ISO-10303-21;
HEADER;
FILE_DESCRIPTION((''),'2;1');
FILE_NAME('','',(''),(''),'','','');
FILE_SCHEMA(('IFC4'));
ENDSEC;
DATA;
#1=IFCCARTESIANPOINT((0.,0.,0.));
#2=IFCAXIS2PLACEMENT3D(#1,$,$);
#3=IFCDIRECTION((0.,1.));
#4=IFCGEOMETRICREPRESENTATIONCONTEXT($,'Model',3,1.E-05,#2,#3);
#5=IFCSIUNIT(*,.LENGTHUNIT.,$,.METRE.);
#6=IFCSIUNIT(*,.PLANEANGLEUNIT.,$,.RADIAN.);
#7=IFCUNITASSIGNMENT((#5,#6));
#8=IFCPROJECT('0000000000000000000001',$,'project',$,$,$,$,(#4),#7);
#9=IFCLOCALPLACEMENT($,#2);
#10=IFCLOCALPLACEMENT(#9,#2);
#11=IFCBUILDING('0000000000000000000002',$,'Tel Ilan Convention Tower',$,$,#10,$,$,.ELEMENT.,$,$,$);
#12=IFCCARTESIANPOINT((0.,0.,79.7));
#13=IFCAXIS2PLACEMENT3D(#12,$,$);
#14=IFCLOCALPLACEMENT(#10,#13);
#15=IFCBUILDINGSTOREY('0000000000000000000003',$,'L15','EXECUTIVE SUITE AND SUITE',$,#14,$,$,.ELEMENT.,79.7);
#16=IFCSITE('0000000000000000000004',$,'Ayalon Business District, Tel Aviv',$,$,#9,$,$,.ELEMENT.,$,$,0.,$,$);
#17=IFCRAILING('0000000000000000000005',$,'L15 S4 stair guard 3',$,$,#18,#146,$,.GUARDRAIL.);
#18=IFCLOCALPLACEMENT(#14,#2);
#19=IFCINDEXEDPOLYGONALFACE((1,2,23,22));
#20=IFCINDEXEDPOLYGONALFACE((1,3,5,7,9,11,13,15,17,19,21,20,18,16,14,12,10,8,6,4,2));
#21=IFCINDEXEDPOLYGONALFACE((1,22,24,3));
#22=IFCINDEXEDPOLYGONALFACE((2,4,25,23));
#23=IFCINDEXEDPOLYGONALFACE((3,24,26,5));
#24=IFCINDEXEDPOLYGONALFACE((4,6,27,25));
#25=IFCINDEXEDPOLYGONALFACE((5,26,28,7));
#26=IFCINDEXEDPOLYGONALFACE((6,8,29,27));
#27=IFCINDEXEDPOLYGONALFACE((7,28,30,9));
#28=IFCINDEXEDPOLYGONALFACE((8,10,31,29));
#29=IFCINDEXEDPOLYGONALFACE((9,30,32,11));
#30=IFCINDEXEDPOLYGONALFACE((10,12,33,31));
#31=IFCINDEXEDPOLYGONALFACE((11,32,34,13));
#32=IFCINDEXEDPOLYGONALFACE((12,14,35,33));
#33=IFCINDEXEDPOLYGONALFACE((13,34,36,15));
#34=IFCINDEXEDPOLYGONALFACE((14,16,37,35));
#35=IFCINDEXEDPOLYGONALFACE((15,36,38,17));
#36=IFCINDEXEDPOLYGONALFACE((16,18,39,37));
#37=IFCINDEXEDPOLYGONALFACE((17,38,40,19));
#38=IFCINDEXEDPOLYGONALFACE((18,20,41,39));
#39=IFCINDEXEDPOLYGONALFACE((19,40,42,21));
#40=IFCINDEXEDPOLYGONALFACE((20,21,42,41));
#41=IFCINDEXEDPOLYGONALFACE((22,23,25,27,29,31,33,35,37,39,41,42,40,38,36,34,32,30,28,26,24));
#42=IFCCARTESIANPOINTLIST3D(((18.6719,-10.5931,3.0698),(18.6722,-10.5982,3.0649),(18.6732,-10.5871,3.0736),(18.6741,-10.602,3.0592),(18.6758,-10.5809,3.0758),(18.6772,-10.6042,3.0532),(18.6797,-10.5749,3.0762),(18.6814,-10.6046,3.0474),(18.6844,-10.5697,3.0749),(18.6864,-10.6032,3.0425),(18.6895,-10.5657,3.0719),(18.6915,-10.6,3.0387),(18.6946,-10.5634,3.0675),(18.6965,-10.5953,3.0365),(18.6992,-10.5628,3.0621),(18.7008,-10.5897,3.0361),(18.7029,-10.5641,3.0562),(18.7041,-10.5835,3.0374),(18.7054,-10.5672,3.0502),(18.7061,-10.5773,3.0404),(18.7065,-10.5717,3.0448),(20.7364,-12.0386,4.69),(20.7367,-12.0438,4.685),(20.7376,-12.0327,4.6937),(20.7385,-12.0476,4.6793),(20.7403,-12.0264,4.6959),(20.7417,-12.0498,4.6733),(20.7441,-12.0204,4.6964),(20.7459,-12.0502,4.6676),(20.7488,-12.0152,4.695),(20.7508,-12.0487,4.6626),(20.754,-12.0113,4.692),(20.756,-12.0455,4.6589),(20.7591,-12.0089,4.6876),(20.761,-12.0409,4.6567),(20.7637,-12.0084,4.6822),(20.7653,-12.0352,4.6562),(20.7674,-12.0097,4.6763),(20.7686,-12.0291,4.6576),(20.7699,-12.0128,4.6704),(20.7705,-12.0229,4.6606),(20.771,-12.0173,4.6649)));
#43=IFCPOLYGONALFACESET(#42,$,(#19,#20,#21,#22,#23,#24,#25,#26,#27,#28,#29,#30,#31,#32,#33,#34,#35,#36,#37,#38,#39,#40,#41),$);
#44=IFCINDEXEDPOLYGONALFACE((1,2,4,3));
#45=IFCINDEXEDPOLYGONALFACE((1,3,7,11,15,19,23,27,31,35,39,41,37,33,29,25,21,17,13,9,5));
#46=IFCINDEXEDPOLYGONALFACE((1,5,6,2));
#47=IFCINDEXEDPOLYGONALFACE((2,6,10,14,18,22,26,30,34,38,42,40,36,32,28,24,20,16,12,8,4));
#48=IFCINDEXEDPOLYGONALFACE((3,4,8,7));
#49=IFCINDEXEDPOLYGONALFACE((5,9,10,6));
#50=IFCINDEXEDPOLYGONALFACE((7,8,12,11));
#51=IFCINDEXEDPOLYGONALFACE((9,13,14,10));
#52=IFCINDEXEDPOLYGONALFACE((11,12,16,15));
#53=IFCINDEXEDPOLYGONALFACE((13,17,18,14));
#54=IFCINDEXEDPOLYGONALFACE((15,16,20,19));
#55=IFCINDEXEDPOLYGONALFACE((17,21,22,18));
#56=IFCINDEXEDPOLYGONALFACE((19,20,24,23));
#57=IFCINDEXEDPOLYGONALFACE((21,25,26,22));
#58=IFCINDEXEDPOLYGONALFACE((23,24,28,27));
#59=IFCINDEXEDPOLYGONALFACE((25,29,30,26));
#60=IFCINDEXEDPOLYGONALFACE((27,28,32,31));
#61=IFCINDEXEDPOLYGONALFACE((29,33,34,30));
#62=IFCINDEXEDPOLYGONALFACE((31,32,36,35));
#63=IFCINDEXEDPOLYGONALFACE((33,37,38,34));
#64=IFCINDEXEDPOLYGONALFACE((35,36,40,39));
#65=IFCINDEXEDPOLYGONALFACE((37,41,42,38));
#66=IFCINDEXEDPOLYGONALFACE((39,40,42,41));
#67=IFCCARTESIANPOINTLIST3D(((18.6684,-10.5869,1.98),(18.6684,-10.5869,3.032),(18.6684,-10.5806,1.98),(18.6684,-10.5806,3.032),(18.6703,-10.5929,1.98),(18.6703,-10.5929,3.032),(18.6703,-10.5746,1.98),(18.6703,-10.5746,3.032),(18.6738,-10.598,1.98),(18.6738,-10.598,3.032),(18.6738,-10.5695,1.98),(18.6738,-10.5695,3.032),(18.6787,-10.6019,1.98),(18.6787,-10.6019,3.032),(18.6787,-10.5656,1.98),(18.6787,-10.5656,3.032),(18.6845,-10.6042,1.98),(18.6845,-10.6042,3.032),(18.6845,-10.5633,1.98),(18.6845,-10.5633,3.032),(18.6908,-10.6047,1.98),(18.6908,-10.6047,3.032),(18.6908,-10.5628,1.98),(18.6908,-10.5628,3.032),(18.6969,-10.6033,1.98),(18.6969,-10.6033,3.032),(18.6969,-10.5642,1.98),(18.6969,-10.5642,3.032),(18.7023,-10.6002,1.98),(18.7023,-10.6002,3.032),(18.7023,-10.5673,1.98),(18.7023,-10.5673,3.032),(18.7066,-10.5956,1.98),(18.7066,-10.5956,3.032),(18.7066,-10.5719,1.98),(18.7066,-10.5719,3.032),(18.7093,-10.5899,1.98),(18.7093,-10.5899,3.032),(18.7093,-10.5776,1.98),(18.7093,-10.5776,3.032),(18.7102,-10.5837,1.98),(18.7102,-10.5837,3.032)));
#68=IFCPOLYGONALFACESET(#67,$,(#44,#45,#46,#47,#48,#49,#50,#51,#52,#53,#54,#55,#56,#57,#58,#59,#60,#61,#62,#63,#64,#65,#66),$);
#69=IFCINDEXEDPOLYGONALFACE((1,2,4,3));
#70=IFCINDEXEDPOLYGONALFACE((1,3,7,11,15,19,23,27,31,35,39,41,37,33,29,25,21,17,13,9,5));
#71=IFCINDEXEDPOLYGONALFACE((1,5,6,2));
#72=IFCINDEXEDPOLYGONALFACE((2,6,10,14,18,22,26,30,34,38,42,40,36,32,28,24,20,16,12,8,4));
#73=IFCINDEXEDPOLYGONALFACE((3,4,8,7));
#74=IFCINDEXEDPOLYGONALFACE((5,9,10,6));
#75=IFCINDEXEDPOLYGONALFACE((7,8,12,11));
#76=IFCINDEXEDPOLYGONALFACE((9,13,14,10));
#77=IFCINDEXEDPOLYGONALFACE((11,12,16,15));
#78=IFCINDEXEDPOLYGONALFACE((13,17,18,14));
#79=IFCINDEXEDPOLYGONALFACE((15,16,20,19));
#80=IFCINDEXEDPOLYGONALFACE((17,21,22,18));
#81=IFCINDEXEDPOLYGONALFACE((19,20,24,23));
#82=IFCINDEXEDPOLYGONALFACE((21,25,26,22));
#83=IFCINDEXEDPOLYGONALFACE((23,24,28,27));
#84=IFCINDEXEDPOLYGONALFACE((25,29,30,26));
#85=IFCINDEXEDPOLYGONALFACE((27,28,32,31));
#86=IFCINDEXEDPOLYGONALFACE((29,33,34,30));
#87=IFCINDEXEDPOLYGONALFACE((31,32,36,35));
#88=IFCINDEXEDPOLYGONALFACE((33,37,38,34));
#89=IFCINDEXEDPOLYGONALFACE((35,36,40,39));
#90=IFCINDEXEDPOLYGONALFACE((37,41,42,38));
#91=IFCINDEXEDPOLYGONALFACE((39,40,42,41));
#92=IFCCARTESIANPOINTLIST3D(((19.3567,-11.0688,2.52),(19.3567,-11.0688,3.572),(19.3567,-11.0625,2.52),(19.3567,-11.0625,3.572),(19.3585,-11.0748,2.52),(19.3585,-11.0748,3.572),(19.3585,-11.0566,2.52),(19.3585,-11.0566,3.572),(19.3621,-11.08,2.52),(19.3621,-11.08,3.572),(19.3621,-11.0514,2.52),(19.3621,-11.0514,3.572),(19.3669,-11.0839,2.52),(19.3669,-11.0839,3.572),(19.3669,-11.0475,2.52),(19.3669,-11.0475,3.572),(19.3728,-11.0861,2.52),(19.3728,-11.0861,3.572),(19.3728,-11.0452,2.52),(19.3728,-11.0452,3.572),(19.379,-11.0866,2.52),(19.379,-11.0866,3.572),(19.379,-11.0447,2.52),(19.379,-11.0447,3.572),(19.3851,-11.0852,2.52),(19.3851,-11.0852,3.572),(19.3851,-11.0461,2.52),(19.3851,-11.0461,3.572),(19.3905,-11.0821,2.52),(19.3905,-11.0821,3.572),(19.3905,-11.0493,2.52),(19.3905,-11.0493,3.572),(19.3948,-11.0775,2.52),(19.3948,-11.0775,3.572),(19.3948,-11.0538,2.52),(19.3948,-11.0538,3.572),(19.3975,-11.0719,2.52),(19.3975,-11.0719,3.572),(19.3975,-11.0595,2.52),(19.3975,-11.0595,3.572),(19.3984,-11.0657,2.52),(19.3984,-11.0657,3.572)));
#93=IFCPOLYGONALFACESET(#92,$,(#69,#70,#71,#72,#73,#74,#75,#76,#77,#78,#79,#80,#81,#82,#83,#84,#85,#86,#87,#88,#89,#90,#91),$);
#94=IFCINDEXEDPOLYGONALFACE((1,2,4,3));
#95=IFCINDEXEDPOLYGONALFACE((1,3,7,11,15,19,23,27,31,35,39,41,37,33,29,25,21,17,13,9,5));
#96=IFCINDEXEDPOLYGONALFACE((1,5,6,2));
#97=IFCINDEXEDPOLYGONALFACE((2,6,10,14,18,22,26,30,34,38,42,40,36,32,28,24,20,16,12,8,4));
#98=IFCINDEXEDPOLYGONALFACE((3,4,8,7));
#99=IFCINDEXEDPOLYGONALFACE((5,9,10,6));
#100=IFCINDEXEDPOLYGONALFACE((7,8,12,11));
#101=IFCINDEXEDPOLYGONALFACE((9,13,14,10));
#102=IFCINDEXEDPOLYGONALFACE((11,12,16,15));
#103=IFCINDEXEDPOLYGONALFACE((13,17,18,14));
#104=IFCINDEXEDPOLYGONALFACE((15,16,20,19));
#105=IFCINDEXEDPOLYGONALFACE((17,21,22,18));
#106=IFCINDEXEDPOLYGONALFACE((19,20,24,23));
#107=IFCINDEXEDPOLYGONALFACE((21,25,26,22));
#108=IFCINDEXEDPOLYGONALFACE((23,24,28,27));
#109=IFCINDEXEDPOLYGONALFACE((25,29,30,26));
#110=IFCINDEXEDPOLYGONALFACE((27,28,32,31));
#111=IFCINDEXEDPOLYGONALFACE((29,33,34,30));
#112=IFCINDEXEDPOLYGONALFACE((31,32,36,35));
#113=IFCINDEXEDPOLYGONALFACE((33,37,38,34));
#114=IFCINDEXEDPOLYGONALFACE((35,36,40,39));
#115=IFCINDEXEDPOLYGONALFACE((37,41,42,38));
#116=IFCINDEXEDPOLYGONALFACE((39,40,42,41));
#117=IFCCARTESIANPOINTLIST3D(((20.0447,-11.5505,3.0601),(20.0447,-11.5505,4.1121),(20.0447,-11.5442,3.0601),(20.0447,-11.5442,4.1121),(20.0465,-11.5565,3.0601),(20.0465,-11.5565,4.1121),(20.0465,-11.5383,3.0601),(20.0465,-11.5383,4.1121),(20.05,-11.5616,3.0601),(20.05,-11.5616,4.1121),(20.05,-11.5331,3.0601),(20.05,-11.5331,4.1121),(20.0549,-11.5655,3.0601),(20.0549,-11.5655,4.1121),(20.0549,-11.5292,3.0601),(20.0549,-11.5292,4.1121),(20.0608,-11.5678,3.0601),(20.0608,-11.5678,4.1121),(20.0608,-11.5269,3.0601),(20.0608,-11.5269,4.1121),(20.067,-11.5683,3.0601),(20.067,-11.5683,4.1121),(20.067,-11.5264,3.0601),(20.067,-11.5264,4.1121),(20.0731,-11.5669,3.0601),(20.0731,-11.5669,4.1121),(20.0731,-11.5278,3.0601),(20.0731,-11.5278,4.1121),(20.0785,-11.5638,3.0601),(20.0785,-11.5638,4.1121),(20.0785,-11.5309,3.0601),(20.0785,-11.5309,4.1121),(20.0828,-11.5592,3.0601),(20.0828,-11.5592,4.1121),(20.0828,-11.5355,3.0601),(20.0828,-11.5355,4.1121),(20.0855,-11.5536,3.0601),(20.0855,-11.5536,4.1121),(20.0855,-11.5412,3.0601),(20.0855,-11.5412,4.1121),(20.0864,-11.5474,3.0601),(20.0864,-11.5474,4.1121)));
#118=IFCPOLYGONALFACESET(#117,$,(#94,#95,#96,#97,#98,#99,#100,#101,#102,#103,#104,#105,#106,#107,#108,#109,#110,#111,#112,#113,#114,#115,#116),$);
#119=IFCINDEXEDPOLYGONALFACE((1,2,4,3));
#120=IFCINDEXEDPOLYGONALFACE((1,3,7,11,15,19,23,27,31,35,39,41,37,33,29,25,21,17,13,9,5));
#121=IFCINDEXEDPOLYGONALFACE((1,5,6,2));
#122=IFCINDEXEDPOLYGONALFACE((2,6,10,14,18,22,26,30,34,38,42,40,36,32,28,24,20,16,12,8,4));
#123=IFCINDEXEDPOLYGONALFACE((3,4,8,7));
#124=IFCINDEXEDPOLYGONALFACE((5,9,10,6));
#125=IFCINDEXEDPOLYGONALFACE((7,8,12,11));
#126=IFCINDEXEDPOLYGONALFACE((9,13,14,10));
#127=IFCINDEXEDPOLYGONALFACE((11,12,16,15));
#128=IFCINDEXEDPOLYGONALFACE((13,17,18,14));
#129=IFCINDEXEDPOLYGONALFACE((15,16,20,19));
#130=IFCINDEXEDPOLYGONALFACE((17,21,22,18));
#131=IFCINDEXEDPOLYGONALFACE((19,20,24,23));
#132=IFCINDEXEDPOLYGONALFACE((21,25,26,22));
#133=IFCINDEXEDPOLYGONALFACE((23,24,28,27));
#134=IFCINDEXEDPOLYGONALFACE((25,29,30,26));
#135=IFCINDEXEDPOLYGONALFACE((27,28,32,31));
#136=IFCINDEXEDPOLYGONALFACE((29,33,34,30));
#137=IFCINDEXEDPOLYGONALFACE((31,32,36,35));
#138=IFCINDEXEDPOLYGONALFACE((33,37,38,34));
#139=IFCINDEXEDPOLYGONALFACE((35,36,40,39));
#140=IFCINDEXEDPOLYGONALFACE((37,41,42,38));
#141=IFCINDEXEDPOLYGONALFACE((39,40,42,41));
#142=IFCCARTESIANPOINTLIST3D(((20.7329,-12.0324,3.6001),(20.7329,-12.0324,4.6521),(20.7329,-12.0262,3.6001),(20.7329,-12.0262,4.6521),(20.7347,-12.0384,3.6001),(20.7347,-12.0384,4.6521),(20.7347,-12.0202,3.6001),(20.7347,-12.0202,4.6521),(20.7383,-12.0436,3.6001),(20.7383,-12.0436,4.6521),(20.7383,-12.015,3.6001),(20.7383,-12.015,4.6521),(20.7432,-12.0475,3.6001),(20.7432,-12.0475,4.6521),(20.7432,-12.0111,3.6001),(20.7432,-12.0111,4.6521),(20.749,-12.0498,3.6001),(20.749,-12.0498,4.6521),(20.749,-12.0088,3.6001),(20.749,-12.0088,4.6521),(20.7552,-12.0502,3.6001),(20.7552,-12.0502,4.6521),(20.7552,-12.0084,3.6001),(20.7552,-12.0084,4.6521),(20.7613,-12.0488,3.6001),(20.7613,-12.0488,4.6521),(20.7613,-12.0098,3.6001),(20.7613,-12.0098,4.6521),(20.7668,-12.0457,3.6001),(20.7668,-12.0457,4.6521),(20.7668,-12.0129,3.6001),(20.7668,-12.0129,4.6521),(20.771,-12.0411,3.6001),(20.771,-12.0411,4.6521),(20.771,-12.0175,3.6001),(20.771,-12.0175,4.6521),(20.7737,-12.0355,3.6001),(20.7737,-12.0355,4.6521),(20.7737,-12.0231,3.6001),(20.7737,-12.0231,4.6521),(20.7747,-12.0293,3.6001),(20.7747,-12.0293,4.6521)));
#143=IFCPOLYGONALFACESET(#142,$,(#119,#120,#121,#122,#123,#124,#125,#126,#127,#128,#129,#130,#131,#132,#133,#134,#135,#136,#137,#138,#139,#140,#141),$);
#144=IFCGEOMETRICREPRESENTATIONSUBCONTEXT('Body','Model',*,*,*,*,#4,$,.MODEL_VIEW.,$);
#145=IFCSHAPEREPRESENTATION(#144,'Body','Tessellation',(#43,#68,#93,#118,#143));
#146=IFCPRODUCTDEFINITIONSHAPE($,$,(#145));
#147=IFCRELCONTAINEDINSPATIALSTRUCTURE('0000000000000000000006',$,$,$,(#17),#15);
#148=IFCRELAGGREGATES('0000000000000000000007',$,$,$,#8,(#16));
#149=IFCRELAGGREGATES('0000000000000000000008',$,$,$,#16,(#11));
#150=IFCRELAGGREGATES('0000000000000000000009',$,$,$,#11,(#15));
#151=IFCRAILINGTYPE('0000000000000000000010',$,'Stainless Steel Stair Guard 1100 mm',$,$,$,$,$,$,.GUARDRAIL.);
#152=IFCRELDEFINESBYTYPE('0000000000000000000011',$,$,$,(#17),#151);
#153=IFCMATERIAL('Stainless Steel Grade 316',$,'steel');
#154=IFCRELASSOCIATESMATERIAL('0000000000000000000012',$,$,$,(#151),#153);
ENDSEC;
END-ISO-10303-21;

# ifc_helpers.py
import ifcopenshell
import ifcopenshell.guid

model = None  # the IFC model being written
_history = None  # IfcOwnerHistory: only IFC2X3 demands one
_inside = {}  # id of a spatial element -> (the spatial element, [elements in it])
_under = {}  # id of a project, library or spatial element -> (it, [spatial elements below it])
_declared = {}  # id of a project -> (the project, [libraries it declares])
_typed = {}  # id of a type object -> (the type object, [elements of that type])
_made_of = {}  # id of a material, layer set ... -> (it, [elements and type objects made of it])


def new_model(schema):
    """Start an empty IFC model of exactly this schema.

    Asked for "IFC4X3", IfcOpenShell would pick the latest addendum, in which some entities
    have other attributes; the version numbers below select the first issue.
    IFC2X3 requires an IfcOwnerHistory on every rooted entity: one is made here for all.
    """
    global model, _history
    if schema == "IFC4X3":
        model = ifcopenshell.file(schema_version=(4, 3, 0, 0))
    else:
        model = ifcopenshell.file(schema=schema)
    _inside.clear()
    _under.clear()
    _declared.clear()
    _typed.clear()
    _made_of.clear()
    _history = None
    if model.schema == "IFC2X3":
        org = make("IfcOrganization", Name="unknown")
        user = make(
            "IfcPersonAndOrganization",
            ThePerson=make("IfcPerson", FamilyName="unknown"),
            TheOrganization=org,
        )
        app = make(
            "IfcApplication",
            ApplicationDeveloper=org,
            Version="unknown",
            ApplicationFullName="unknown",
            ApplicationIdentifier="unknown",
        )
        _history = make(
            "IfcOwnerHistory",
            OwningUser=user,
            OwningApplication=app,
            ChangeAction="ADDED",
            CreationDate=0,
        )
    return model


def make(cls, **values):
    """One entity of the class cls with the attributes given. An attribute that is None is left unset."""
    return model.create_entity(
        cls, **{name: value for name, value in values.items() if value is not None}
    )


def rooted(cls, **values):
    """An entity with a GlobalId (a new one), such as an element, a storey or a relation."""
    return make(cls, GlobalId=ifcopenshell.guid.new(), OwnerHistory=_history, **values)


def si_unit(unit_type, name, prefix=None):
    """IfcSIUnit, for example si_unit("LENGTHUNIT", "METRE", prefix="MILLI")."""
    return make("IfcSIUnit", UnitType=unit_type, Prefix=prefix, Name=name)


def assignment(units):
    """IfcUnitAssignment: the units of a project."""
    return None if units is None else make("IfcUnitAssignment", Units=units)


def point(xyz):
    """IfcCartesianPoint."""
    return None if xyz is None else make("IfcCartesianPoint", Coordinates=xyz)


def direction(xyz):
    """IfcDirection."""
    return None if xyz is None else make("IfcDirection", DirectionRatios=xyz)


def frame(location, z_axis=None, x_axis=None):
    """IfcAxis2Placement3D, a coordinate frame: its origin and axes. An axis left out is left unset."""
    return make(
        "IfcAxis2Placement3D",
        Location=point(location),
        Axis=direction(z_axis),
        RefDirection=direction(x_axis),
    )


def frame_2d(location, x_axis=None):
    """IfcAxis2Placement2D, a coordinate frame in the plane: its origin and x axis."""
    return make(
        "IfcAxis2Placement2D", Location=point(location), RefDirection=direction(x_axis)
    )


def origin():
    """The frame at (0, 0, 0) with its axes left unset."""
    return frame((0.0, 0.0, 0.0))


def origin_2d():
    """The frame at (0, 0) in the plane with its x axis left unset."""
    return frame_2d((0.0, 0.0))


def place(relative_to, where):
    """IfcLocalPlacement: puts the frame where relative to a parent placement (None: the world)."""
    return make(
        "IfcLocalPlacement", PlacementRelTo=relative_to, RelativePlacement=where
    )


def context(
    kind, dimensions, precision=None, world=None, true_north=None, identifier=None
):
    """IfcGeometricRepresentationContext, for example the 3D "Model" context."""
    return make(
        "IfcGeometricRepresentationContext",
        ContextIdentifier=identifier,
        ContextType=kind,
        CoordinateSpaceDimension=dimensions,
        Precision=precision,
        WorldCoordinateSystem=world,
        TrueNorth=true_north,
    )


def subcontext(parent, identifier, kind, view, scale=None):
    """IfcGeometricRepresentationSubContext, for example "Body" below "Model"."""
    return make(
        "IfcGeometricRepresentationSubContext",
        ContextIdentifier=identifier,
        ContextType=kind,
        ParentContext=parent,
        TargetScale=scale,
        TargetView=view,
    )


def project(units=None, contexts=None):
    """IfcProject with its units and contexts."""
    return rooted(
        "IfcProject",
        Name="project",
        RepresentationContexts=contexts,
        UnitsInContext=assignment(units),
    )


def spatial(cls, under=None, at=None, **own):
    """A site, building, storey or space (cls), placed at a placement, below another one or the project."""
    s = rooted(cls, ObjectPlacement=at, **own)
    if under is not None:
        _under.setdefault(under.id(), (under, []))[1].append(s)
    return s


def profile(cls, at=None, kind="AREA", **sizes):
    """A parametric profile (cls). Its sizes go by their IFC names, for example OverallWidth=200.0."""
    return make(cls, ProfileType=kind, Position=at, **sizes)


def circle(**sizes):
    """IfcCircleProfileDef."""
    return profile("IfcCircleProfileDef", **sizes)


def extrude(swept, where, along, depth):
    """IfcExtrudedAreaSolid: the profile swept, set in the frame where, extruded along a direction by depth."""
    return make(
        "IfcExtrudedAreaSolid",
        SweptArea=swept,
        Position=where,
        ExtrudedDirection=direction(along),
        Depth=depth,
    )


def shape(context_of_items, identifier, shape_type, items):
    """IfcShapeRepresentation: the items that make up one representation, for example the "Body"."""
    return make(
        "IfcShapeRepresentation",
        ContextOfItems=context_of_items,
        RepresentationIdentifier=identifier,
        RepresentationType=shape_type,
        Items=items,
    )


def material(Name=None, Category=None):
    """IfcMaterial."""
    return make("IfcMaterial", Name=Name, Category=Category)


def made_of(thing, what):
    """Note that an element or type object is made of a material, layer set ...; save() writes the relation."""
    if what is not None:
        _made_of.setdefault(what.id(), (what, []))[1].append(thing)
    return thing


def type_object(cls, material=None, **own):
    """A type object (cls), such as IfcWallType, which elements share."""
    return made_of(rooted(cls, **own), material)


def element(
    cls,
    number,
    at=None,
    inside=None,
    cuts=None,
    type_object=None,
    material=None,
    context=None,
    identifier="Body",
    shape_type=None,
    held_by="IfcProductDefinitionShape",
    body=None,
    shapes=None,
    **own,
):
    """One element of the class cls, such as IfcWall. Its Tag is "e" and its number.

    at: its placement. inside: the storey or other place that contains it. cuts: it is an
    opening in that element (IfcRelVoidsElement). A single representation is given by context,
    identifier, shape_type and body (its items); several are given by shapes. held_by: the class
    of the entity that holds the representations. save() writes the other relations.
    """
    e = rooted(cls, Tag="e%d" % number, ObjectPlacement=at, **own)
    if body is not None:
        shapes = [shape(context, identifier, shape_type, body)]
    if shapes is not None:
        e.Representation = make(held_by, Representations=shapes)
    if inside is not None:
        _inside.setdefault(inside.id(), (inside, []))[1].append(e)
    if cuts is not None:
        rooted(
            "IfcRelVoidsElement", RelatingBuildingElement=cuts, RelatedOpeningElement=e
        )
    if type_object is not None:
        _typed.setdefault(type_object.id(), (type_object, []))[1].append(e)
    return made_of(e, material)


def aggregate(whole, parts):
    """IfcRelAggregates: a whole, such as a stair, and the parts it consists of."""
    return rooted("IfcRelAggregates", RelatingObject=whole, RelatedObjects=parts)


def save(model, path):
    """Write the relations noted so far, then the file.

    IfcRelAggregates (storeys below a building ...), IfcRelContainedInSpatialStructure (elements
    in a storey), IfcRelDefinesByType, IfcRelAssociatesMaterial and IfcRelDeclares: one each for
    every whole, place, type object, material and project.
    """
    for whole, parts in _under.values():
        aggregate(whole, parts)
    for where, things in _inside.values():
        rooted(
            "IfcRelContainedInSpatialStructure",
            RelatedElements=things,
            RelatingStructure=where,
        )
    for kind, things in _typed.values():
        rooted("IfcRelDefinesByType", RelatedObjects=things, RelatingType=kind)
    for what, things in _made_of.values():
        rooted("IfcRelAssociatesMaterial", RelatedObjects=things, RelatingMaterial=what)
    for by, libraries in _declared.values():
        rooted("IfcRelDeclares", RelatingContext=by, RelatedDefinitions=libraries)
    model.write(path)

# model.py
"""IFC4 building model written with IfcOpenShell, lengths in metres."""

from ifc_helpers import new_model, si_unit, direction, frame, origin, origin_2d, place, context, subcontext, project, spatial, circle, extrude, material, type_object, element, save


model = new_model("IFC4")

# Units and contexts
model_context = context("Model", 3, precision=1e-05, world=origin(), true_north=direction((0.0, 1.0)))
body_context = subcontext(model_context, "Body", "Model", "MODEL_VIEW")
ifc_project = project(units=[si_unit("LENGTHUNIT", "METRE"), si_unit("PLANEANGLEUNIT", "RADIAN")], contexts=[model_context])

# Site, building, storey
site_placement = place(None, origin())
site = spatial("IfcSite", under=ifc_project, at=site_placement, Name="Ayalon Business District, Tel Aviv", CompositionType="ELEMENT", RefElevation=0.0)
building_placement = place(site_placement, origin())
building = spatial("IfcBuilding", under=site, at=building_placement, Name="Tel Ilan Convention Tower", CompositionType="ELEMENT")
storey_placement = place(building_placement, frame((0.0, 0.0, 79.7)))
storey = spatial("IfcBuildingStorey", under=building, at=storey_placement, Name="L15", Description="EXECUTIVE SUITE AND SUITE", CompositionType="ELEMENT", Elevation=79.7)

# Railing
ifc_material_1 = material(Name="Stainless Steel Grade 316", Category="steel")
railing_type_1 = type_object("IfcRailingType", Name="Stainless Steel Stair Guard 1100 mm", PredefinedType="GUARDRAIL", material=ifc_material_1)
railing_1_placement = place(storey_placement, frame((18.6892, -10.5837, 1.98)))
element("IfcRailing", 1, at=railing_1_placement, inside=storey, type_object=railing_type_1, Name="L15 S4 stair guard 3", PredefinedType="GUARDRAIL", context=body_context, shape_type="SweptSolid", body=[
    extrude(circle(Radius=0.0239, at=origin_2d()), frame((0.0, 0.0, 1.0762), z_axis=(0.689056, -0.482486, 0.540749), x_axis=(0.573579, 0.81915, 0.0)), (0.0, 0.0, 1.0), 2.9961),
    extrude(circle(Radius=0.021, at=origin_2d()), origin(), (0.0, 0.0, 1.0), 1.052),
    extrude(circle(Radius=0.021, at=origin_2d()), frame((0.6882, -0.4819, 0.54)), (0.0, 0.0, 1.0), 1.052),
    extrude(circle(Radius=0.021, at=origin_2d()), frame((1.3762, -0.9636, 1.0801)), (0.0, 0.0, 1.0), 1.052),
    extrude(circle(Radius=0.021, at=origin_2d()), frame((2.0645, -1.4456, 1.6201)), (0.0, 0.0, 1.0), 1.052),
])

save(model, "model.ifc")
